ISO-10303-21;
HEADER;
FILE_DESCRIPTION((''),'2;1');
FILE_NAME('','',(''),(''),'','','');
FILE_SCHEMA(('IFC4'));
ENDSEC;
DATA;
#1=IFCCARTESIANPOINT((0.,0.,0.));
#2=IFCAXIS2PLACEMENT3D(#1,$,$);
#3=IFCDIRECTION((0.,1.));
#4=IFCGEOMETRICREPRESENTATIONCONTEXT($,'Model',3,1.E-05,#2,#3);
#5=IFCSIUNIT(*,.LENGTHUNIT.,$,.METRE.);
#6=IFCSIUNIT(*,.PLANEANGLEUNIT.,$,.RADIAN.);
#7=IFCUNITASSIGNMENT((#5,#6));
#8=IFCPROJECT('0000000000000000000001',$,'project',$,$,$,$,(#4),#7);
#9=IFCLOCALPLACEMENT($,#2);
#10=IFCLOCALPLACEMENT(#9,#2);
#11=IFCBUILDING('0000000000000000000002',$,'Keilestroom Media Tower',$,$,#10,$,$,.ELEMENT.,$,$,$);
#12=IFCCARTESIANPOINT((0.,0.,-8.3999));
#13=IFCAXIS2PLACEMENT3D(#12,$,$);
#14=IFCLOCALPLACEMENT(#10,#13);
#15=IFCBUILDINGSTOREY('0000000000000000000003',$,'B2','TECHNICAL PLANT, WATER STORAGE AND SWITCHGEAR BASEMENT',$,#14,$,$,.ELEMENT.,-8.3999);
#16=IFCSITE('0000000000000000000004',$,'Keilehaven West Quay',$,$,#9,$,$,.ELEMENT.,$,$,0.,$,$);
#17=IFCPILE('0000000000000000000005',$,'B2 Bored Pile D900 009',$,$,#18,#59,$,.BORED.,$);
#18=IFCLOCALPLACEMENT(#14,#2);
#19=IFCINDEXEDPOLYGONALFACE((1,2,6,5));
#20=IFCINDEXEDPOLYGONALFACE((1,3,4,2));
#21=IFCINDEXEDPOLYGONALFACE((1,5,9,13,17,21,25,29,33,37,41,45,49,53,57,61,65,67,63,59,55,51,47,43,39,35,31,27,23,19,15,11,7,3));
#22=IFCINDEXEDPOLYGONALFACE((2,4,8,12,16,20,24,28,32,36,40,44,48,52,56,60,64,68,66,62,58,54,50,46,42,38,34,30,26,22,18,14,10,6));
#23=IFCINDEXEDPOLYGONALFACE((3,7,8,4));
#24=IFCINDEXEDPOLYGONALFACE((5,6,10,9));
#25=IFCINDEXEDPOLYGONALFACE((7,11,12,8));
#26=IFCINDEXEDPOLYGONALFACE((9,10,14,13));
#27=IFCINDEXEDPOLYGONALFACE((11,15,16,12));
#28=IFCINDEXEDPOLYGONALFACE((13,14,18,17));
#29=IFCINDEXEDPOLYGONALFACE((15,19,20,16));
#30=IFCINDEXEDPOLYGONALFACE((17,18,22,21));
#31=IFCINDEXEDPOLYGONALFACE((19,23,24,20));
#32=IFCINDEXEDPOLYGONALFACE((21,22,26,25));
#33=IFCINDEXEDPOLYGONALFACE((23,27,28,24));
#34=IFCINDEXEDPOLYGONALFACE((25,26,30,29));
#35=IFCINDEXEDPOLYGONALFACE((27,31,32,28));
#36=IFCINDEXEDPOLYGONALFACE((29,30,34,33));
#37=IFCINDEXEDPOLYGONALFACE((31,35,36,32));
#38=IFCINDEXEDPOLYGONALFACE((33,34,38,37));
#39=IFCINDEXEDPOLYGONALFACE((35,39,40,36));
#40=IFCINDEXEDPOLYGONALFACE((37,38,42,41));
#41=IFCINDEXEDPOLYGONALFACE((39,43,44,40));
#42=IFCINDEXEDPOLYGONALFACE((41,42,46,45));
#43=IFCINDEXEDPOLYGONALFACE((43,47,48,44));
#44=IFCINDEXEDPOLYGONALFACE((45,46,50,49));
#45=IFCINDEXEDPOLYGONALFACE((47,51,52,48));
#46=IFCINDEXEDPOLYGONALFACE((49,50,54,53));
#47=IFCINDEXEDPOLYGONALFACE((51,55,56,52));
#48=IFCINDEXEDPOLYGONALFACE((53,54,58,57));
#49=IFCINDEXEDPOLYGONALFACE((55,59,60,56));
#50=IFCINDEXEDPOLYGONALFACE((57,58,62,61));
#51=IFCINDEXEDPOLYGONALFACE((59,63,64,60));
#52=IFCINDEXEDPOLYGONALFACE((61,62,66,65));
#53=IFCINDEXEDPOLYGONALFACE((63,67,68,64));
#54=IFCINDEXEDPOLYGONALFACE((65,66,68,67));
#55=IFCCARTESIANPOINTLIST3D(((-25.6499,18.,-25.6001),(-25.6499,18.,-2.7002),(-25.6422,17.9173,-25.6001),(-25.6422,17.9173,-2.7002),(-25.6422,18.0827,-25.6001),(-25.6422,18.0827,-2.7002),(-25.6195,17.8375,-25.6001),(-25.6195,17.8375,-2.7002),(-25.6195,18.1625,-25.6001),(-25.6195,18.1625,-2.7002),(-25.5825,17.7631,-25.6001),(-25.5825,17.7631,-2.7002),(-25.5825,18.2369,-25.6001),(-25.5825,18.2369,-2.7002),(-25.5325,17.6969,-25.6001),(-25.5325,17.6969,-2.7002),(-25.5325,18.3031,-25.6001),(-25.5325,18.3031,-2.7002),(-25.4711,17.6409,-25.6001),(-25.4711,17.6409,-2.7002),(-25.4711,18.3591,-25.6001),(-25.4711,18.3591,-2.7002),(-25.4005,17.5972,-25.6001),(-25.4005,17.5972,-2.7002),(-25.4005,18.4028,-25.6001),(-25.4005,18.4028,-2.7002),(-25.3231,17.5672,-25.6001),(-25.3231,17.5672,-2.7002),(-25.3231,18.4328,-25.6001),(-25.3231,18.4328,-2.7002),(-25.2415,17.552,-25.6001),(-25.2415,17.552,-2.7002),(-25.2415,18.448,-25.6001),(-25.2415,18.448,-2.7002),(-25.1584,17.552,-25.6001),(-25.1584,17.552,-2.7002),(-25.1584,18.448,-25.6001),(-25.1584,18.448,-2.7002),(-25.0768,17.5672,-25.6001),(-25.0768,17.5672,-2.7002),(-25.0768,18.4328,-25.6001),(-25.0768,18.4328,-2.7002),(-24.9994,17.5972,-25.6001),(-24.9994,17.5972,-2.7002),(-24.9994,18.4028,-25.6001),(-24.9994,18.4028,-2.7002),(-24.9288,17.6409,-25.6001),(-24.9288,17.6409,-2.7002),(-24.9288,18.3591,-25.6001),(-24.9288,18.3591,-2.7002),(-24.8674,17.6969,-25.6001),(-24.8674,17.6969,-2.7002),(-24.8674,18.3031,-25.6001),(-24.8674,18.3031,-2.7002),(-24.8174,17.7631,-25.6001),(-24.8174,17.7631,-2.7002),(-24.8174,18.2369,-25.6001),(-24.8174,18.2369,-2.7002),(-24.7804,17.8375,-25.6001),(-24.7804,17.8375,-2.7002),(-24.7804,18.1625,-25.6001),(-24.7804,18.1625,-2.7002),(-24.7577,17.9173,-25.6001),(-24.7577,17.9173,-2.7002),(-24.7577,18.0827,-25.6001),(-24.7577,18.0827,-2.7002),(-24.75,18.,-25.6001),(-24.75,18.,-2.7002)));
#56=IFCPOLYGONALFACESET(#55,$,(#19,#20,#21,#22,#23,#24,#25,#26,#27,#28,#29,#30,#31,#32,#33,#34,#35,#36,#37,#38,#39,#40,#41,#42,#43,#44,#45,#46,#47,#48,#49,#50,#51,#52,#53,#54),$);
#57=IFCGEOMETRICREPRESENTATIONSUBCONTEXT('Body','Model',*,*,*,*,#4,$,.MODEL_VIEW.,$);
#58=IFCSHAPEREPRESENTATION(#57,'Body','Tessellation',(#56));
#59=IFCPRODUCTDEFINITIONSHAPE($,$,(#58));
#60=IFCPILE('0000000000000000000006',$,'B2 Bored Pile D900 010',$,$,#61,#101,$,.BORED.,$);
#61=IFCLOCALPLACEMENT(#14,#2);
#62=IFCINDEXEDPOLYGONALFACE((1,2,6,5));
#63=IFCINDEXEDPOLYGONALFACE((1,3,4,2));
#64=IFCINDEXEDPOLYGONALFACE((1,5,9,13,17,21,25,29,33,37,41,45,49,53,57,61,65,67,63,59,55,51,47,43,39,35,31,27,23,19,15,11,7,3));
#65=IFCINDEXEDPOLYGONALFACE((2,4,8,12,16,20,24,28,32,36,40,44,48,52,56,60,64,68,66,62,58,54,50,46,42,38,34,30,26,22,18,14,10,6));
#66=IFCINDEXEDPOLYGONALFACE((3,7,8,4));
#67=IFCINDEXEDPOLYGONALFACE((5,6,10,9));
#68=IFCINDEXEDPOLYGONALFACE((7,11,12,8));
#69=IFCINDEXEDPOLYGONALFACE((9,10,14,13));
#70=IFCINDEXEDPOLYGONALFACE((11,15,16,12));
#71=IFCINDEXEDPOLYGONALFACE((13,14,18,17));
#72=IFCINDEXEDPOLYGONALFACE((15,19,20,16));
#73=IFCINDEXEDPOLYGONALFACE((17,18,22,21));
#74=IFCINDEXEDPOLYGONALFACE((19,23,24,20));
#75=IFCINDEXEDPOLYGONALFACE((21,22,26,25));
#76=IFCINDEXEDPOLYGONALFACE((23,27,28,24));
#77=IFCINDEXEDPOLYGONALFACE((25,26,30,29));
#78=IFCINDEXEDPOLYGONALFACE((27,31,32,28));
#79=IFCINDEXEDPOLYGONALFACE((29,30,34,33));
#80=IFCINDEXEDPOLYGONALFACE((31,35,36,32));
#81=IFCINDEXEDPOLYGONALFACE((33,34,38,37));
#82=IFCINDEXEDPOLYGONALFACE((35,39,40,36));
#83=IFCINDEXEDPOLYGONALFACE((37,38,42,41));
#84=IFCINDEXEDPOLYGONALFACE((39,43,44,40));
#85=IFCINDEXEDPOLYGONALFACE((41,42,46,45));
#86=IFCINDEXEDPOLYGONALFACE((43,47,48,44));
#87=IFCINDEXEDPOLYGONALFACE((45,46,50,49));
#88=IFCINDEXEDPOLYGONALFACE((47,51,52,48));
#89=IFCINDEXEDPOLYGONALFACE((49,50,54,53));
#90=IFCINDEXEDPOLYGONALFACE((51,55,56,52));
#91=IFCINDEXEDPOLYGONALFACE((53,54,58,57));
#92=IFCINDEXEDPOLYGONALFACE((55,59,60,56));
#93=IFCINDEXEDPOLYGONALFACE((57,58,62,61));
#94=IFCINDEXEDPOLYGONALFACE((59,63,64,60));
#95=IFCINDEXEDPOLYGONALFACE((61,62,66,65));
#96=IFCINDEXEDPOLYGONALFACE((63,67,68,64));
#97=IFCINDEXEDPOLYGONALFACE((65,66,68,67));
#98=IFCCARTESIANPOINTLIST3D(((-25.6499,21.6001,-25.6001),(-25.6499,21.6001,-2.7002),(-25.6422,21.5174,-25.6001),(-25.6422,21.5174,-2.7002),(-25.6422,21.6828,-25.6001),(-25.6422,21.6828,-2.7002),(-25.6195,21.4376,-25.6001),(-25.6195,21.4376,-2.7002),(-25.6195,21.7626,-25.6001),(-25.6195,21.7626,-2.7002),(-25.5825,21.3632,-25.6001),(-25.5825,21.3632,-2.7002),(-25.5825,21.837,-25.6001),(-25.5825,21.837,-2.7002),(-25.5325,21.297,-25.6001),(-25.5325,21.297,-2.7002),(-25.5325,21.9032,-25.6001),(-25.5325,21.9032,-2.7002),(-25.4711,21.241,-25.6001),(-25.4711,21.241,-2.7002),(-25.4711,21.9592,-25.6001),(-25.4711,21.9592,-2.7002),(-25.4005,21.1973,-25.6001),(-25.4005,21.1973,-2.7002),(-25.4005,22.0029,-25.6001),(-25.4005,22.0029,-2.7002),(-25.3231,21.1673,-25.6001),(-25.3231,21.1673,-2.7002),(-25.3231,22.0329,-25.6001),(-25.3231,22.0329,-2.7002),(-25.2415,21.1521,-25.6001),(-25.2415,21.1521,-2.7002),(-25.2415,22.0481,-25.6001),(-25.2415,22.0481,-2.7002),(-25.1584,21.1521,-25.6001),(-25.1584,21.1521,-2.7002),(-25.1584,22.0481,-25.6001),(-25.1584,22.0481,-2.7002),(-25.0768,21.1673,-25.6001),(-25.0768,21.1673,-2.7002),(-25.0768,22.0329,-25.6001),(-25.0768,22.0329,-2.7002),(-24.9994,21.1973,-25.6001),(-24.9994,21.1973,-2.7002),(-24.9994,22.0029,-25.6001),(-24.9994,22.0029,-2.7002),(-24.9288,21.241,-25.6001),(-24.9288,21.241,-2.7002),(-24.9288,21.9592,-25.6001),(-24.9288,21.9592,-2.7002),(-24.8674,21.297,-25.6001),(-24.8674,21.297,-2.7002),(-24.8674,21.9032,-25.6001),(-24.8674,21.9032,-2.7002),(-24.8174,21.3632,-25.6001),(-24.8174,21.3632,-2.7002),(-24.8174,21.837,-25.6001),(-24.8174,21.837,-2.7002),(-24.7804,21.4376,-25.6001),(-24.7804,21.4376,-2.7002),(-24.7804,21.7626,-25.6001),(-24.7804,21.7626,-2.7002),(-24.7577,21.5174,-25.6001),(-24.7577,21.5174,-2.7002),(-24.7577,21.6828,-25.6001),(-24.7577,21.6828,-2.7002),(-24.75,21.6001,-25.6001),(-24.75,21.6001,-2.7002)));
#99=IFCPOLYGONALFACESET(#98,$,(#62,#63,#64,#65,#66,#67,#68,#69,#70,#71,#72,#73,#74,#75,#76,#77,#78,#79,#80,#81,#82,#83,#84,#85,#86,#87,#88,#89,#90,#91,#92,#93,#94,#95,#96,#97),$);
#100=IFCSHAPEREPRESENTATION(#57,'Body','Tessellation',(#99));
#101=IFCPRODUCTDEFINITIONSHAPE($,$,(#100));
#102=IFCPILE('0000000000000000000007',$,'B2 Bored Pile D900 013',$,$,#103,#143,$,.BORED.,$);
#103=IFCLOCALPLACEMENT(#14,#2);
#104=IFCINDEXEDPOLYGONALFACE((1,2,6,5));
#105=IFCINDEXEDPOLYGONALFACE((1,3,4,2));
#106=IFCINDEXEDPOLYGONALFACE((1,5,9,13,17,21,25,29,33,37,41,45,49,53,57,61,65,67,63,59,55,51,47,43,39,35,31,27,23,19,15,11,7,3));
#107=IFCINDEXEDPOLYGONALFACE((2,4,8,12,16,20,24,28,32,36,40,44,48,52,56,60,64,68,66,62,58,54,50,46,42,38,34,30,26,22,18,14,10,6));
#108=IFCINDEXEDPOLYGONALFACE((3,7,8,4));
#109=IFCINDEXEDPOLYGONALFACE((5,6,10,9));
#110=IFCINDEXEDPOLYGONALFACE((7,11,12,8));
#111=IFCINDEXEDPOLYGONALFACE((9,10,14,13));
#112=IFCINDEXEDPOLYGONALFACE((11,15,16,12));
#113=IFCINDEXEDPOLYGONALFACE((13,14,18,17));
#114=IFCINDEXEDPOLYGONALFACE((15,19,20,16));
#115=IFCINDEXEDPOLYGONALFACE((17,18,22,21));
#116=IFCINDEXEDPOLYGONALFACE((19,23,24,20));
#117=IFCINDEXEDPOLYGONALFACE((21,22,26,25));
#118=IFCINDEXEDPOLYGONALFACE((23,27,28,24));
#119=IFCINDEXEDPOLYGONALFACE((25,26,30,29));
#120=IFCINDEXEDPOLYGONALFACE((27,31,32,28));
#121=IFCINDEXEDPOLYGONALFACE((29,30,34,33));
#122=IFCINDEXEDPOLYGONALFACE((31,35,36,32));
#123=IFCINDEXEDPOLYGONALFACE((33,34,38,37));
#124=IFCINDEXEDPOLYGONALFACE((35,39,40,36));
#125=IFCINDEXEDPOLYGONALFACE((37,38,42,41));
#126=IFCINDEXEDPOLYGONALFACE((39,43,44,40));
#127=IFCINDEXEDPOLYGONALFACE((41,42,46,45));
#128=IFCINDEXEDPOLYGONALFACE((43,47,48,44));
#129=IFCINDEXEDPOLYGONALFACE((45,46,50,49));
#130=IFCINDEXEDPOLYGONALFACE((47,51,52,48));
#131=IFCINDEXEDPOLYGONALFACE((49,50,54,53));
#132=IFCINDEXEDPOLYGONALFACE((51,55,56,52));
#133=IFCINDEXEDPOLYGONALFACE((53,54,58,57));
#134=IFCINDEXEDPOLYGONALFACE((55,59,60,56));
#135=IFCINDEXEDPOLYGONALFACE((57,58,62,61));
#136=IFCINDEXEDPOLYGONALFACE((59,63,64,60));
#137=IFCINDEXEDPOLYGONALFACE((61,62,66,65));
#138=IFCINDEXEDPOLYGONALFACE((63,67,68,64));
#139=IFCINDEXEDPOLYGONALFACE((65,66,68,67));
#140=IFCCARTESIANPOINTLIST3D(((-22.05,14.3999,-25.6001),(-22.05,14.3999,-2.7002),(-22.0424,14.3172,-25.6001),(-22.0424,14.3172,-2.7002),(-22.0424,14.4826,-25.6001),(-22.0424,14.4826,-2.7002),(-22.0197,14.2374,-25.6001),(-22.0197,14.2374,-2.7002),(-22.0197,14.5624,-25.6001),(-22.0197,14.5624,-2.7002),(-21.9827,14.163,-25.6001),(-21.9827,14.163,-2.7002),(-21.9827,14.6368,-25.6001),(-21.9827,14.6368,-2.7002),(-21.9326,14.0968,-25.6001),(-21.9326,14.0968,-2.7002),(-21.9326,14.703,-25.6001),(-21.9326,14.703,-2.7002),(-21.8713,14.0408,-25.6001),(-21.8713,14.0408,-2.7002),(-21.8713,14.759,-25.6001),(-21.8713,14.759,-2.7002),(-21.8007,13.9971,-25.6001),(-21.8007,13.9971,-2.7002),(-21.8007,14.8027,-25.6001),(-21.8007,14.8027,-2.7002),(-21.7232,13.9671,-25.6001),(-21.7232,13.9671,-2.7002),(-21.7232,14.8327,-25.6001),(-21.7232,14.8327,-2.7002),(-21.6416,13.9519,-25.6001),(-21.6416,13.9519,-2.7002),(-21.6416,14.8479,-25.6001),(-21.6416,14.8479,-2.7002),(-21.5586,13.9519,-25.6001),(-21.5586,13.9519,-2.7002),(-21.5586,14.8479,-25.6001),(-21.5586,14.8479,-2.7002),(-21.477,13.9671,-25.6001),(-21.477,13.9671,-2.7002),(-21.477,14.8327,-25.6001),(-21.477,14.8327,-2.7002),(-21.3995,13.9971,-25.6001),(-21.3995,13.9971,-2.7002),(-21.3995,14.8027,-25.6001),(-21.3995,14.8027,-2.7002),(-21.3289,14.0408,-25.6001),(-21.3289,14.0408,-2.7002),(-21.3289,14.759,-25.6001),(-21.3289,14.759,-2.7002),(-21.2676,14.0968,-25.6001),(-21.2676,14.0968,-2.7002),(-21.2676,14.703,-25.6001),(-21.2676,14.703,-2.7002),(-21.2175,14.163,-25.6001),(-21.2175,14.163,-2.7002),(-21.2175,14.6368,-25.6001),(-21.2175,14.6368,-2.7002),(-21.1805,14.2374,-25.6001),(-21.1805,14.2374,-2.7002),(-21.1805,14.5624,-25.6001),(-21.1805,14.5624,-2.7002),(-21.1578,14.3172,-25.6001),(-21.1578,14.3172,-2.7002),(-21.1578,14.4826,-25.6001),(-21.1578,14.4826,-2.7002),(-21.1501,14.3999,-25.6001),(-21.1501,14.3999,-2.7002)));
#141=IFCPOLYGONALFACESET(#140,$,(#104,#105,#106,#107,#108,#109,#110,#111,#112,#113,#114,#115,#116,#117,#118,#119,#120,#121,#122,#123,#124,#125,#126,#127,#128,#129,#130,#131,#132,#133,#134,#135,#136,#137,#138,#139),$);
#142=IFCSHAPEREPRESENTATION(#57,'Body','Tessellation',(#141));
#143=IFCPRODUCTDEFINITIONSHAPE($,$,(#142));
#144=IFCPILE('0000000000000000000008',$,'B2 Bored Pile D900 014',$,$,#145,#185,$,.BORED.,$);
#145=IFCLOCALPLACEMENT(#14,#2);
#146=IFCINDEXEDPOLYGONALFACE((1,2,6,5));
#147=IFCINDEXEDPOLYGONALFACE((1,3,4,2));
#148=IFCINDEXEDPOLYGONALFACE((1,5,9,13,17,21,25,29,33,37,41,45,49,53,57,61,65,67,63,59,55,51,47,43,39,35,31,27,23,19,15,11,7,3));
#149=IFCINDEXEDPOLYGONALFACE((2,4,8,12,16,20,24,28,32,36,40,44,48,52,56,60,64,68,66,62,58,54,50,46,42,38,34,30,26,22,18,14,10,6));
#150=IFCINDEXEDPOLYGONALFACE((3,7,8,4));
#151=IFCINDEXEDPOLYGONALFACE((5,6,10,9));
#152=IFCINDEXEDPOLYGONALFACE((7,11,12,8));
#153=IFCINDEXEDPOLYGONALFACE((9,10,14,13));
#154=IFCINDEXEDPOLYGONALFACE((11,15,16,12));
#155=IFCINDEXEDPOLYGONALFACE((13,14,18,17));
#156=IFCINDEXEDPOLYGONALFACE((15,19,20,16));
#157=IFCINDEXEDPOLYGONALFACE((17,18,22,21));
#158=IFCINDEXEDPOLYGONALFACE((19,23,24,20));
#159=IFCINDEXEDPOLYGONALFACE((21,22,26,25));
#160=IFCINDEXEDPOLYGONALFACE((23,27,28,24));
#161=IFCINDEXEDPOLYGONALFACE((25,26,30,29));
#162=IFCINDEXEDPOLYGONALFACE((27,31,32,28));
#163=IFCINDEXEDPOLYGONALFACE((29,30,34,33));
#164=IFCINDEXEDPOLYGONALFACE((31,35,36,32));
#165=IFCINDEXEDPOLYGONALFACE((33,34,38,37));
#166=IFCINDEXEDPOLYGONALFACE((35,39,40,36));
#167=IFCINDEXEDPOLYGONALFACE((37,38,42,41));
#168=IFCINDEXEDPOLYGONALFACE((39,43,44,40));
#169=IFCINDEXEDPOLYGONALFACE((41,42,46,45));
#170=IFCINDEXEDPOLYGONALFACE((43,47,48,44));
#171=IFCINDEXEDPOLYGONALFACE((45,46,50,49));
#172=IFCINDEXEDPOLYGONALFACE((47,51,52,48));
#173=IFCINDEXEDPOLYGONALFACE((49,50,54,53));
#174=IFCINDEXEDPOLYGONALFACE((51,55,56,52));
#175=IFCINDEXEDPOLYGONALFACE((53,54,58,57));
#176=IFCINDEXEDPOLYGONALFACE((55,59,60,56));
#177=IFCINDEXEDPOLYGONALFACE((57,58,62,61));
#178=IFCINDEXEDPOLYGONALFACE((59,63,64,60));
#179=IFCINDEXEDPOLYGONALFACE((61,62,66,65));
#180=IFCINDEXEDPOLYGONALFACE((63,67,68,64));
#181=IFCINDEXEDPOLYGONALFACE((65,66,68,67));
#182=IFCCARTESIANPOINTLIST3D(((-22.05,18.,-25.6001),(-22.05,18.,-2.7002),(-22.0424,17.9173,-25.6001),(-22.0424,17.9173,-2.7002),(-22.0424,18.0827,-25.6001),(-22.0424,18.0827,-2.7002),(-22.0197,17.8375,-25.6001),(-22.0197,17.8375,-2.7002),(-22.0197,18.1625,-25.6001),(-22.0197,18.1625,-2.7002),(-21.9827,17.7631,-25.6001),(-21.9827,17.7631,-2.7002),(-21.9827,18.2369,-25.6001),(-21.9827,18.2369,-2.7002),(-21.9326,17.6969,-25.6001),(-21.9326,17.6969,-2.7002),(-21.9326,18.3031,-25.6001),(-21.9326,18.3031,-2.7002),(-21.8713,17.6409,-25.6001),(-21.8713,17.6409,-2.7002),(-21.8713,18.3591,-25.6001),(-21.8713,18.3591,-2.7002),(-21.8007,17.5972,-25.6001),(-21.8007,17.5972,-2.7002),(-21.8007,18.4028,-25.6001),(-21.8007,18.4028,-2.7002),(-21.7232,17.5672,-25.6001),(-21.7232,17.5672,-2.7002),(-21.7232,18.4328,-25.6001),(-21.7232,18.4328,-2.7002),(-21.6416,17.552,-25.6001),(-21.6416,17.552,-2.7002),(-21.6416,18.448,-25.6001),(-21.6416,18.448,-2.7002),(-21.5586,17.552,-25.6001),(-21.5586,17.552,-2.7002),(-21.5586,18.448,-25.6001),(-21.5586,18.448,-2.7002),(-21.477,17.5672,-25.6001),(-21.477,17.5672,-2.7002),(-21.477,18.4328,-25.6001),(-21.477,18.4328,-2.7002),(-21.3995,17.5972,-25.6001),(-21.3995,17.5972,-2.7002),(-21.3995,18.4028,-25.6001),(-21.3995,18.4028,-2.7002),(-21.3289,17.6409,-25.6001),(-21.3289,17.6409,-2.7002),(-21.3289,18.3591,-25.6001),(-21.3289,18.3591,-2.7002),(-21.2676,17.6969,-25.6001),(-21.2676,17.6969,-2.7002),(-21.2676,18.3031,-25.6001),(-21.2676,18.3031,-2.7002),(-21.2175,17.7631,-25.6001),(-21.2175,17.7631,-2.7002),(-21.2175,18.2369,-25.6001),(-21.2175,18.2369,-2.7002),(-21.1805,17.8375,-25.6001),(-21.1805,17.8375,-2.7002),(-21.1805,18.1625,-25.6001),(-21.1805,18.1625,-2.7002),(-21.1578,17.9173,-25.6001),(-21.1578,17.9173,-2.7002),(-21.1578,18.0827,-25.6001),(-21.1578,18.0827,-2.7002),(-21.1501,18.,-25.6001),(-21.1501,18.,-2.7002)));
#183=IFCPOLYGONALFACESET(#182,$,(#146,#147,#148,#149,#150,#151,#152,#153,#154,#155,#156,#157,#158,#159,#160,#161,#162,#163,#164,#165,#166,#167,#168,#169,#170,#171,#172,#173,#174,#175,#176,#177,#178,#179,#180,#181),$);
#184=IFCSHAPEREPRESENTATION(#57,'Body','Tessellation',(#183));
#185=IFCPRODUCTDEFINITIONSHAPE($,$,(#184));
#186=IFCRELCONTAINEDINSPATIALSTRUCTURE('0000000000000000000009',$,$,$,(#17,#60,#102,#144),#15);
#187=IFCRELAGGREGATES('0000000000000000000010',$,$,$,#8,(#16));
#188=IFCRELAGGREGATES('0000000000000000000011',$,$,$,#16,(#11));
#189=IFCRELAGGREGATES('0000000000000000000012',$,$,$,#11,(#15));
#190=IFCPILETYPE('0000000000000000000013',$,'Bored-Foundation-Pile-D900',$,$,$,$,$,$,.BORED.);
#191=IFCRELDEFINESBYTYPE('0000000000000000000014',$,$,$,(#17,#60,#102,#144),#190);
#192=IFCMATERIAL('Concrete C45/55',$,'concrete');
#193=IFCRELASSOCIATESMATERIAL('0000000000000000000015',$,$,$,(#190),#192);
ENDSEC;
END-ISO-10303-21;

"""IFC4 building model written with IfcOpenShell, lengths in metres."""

from ifc_helpers import new_model, si_unit, direction, frame, origin, origin_2d, place, context, subcontext, project, spatial, circle, extrude, source, transform, mapped, material, material_profile, profile_set, type_object, element, save


model = new_model("IFC4")

# Units and contexts
model_context = context("Model", 3, precision=1e-05, world=origin(), true_north=direction((0.0, 1.0)))
body_context = subcontext(model_context, "Body", "Model", "MODEL_VIEW")
ifc_project = project(units=[si_unit("LENGTHUNIT", "METRE"), si_unit("PLANEANGLEUNIT", "RADIAN")], contexts=[model_context])

# Site, building, storey
site_placement = place(None, origin())
site = spatial("IfcSite", under=ifc_project, at=site_placement, Name="Keilehaven West Quay", CompositionType="ELEMENT", RefElevation=0.0)
building_placement = place(site_placement, origin())
building = spatial("IfcBuilding", under=site, at=building_placement, Name="Keilestroom Media Tower", CompositionType="ELEMENT")
storey_placement = place(building_placement, frame((0.0, 0.0, -8.3999)))
storey = spatial("IfcBuildingStorey", under=building, at=storey_placement, Name="B2", Description="TECHNICAL PLANT, WATER STORAGE AND SWITCHGEAR BASEMENT", CompositionType="ELEMENT", Elevation=-8.3999)

# Piles
ifc_material_1 = material(Name="Concrete C45/55", Category="concrete")
ifc_material_profile_1 = material_profile(ifc_material_1, circle(Radius=0.45, at=origin_2d()), Name="BORED PILE D900")
ifc_profile_set_1 = profile_set([ifc_material_profile_1], Name="Concrete C45/55")
pile_type_1 = type_object("IfcPileType", Name="Bored-Foundation-Pile-D900", PredefinedType="BORED", material=ifc_profile_set_1)
shared_shape_1 = source(origin(), body_context, "Body", "SweptSolid", [
    extrude(circle(Radius=0.45, at=origin_2d()), origin(), (0.0, 0.0, 1.0), 22.8999),
])
for number, where, z_axis, x_axis, name in (
    (1, (-25.2, 18.0, -2.7002), (0.0, 0.0, -1.0), (1.0, 0.0, 0.0), "B2 Bored Pile D900 009"),
    (2, (-25.2, 21.6001, -2.7002), (0.0, 0.0, -1.0), (1.0, 0.0, 0.0), "B2 Bored Pile D900 010"),
    (3, (-21.6001, 14.3999, -2.7002), (0.0, 0.0, -1.0), (1.0, 0.0, 0.0), "B2 Bored Pile D900 013"),
    (4, (-21.6001, 18.0, -2.7002), (0.0, 0.0, -1.0), (1.0, 0.0, 0.0), "B2 Bored Pile D900 014"),
):
    element("IfcPile", number, at=place(storey_placement, frame(where, z_axis=z_axis, x_axis=x_axis)), inside=storey, type_object=pile_type_1, Name=name, PredefinedType="BORED", context=body_context, shape_type="MappedRepresentation", body=[
        mapped(shared_shape_1, transform((0.0, 0.0, 0.0), x_axis=(1.0, 0.0, 0.0), y_axis=(0.0, 1.0, 0.0), z_axis=(0.0, 0.0, 1.0), scale=1.0)),
    ])

save(model, "model.ifc")
